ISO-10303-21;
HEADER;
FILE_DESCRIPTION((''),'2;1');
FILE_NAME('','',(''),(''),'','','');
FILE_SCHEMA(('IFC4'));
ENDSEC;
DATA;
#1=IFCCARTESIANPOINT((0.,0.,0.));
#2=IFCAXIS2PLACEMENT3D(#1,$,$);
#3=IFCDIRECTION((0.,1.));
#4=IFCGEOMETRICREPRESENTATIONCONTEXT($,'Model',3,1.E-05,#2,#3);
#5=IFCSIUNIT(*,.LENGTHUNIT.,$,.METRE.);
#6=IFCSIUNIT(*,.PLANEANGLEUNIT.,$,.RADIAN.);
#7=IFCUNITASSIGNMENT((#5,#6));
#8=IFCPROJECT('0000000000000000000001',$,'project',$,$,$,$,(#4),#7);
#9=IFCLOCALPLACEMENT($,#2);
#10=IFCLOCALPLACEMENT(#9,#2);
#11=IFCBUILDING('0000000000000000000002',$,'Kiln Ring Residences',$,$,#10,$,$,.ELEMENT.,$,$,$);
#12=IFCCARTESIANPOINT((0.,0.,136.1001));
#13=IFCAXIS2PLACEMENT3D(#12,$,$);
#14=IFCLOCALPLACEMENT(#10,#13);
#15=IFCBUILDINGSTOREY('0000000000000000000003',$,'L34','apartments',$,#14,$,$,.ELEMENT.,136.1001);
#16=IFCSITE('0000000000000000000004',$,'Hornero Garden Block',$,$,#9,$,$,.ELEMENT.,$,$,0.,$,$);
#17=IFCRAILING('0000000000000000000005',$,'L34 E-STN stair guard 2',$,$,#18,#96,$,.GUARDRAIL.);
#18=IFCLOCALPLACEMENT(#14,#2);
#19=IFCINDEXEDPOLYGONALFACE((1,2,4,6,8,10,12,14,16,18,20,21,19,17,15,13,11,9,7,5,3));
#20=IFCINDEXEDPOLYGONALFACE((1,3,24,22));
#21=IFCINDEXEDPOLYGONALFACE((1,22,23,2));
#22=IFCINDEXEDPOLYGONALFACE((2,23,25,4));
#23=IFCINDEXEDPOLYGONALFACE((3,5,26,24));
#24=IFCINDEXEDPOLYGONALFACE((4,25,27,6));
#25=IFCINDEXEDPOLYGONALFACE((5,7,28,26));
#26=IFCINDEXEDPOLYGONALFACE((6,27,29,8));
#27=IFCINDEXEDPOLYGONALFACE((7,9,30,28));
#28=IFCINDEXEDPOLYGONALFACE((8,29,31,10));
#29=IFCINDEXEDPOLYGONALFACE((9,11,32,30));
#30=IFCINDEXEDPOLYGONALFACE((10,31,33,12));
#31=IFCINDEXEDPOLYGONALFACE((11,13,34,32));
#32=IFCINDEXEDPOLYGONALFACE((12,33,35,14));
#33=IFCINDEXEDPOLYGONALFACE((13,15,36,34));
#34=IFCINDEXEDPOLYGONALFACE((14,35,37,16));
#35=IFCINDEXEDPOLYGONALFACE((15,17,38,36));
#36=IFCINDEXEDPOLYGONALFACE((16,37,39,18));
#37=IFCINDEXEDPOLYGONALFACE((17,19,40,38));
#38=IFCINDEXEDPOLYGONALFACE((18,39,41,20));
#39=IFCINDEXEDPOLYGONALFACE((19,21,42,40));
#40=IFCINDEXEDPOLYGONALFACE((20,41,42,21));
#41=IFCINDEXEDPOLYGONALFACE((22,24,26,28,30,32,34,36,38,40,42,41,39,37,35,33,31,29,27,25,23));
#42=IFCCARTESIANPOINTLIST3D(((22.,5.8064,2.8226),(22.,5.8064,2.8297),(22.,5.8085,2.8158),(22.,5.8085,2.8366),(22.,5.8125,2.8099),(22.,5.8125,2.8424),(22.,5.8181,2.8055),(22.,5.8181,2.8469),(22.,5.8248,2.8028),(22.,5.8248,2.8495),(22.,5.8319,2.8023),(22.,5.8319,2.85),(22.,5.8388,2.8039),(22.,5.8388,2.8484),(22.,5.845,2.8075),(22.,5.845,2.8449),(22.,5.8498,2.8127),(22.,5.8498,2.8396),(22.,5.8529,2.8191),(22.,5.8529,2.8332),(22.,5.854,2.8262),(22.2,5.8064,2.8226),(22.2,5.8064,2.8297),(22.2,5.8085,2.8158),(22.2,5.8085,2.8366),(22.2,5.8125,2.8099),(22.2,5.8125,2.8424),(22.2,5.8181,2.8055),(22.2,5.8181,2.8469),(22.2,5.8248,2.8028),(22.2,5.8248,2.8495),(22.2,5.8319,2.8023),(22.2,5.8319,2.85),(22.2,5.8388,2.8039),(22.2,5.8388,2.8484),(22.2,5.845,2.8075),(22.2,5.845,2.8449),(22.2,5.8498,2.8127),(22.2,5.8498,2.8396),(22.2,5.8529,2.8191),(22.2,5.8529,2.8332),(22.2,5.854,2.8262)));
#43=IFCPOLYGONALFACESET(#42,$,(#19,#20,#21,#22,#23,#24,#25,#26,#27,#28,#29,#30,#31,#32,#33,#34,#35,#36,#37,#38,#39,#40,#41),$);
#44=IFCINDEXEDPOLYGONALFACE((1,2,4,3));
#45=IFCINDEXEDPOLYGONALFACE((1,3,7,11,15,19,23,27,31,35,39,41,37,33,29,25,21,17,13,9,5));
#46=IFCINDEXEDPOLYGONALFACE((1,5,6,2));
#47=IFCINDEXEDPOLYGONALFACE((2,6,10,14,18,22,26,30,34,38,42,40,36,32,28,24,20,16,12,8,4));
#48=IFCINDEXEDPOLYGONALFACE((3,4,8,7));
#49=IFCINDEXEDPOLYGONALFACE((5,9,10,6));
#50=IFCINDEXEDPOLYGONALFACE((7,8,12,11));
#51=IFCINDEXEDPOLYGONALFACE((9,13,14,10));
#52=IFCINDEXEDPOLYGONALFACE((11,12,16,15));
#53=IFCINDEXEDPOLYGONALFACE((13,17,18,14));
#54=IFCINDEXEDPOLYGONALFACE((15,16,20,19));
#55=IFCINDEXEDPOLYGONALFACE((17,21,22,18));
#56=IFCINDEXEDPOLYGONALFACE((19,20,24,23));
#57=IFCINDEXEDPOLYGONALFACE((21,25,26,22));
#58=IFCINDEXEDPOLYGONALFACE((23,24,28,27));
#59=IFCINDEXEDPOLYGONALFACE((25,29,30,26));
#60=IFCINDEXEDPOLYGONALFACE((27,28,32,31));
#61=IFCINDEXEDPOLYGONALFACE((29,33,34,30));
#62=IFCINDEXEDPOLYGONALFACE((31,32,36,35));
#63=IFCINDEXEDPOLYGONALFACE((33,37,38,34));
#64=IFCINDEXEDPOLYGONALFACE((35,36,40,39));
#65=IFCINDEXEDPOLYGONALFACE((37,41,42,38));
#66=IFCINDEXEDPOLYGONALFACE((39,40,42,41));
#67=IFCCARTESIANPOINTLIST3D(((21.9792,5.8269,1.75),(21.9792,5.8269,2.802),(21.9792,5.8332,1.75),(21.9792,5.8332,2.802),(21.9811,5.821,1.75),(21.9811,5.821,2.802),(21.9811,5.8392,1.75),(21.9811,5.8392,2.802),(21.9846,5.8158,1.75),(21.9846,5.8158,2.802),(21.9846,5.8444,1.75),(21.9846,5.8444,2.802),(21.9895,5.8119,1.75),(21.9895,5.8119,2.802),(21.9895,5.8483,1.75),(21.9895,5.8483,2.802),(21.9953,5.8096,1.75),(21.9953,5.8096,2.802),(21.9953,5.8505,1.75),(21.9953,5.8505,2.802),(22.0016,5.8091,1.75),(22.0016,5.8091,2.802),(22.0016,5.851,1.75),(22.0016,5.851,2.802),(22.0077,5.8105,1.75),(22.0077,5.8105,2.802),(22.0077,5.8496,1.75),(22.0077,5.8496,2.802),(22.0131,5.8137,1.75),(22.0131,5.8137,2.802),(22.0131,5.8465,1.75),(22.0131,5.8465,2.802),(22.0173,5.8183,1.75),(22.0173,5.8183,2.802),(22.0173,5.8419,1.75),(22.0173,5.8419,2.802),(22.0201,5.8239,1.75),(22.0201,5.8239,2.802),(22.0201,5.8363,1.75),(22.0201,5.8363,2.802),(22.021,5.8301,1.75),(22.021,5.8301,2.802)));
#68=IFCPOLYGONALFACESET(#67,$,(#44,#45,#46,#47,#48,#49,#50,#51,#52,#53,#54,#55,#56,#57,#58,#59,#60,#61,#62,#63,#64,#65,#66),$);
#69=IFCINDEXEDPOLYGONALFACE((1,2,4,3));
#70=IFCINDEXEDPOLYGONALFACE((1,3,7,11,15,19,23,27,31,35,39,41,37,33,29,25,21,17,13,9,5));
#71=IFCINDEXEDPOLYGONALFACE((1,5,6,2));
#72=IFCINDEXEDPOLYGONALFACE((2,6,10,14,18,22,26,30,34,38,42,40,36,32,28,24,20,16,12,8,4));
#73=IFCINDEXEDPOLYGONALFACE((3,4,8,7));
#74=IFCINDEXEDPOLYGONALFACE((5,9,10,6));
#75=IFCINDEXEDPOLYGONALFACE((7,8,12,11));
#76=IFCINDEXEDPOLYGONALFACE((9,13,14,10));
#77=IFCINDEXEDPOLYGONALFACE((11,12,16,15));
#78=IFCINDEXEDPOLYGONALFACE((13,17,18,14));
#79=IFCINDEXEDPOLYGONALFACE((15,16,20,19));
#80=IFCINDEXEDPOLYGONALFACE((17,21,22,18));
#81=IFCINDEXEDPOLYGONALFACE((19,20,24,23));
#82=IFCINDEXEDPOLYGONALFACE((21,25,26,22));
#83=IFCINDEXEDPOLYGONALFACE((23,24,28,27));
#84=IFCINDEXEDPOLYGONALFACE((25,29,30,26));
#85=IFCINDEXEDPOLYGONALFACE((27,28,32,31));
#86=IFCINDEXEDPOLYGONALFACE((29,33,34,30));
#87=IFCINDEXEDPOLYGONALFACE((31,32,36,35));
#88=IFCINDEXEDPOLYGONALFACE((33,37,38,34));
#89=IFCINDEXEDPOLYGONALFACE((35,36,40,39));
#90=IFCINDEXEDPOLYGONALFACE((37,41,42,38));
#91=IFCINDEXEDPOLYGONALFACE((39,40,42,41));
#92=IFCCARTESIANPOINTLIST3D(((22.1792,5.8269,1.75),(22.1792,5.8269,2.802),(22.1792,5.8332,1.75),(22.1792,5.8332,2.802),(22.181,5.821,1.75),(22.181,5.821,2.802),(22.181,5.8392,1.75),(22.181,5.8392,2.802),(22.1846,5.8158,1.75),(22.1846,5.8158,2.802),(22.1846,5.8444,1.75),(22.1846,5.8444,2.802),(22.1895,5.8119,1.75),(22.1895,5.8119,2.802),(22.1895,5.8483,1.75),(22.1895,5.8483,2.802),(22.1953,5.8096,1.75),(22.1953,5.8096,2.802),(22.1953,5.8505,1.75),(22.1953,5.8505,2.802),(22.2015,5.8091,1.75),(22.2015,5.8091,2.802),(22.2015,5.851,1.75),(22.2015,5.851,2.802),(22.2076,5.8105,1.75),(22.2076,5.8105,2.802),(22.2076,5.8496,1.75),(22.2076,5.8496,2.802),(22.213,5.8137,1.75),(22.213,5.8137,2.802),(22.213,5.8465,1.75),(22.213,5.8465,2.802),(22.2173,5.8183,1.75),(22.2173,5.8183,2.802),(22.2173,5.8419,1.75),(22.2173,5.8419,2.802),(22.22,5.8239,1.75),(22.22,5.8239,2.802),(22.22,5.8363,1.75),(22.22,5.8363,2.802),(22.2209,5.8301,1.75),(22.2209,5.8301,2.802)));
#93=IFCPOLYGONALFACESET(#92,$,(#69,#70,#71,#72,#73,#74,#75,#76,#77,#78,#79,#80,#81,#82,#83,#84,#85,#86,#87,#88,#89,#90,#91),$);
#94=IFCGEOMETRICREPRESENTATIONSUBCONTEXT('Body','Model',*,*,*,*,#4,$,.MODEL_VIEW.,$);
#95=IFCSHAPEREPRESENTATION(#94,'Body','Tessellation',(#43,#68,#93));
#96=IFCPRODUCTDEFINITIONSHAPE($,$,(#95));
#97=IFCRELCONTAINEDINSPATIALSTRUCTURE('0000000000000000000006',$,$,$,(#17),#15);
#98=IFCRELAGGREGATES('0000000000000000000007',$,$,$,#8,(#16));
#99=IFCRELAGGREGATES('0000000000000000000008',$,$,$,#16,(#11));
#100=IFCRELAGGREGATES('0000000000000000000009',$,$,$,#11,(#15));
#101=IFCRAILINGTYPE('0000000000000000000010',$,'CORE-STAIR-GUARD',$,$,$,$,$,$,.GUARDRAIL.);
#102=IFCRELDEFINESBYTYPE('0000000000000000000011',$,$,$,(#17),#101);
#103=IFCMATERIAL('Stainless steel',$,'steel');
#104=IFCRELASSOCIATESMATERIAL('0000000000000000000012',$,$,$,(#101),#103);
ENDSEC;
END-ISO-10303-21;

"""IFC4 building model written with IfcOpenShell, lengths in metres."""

from ifc_helpers import new_model, si_unit, direction, frame, origin, origin_2d, place, context, subcontext, project, spatial, circle, extrude, material, type_object, element, save


model = new_model("IFC4")

# Units and contexts
model_context = context("Model", 3, precision=1e-05, world=origin(), true_north=direction((0.0, 1.0)))
body_context = subcontext(model_context, "Body", "Model", "MODEL_VIEW")
ifc_project = project(units=[si_unit("LENGTHUNIT", "METRE"), si_unit("PLANEANGLEUNIT", "RADIAN")], contexts=[model_context])

# Site, building, storey
site_placement = place(None, origin())
site = spatial("IfcSite", under=ifc_project, at=site_placement, Name="Hornero Garden Block", CompositionType="ELEMENT", RefElevation=0.0)
building_placement = place(site_placement, origin())
building = spatial("IfcBuilding", under=site, at=building_placement, Name="Kiln Ring Residences", CompositionType="ELEMENT")
storey_placement = place(building_placement, frame((0.0, 0.0, 136.1001)))
storey = spatial("IfcBuildingStorey", under=building, at=storey_placement, Name="L34", Description="apartments", CompositionType="ELEMENT", Elevation=136.1001)

# Railing
ifc_material_1 = material(Name="Stainless steel", Category="steel")
railing_type_1 = type_object("IfcRailingType", Name="CORE-STAIR-GUARD", PredefinedType="GUARDRAIL", material=ifc_material_1)
railing_1_placement = place(storey_placement, frame((22.0, 5.8301, 1.75)))
element("IfcRailing", 1, at=railing_1_placement, inside=storey, type_object=railing_type_1, Name="L34 E-STN stair guard 2", PredefinedType="GUARDRAIL", context=body_context, shape_type="SweptSolid", body=[
    extrude(circle(Radius=0.0239, at=origin_2d()), frame((0.0, 0.0, 1.0762), z_axis=(1.0, 0.0, 0.0), x_axis=(0.0, 1.0, 0.0)), (0.0, 0.0, 1.0), 0.2),
    extrude(circle(Radius=0.021, at=origin_2d()), origin(), (0.0, 0.0, 1.0), 1.052),
    extrude(circle(Radius=0.021, at=origin_2d()), frame((0.2, 0.0, 0.0)), (0.0, 0.0, 1.0), 1.052),
])

save(model, "model.ifc")
